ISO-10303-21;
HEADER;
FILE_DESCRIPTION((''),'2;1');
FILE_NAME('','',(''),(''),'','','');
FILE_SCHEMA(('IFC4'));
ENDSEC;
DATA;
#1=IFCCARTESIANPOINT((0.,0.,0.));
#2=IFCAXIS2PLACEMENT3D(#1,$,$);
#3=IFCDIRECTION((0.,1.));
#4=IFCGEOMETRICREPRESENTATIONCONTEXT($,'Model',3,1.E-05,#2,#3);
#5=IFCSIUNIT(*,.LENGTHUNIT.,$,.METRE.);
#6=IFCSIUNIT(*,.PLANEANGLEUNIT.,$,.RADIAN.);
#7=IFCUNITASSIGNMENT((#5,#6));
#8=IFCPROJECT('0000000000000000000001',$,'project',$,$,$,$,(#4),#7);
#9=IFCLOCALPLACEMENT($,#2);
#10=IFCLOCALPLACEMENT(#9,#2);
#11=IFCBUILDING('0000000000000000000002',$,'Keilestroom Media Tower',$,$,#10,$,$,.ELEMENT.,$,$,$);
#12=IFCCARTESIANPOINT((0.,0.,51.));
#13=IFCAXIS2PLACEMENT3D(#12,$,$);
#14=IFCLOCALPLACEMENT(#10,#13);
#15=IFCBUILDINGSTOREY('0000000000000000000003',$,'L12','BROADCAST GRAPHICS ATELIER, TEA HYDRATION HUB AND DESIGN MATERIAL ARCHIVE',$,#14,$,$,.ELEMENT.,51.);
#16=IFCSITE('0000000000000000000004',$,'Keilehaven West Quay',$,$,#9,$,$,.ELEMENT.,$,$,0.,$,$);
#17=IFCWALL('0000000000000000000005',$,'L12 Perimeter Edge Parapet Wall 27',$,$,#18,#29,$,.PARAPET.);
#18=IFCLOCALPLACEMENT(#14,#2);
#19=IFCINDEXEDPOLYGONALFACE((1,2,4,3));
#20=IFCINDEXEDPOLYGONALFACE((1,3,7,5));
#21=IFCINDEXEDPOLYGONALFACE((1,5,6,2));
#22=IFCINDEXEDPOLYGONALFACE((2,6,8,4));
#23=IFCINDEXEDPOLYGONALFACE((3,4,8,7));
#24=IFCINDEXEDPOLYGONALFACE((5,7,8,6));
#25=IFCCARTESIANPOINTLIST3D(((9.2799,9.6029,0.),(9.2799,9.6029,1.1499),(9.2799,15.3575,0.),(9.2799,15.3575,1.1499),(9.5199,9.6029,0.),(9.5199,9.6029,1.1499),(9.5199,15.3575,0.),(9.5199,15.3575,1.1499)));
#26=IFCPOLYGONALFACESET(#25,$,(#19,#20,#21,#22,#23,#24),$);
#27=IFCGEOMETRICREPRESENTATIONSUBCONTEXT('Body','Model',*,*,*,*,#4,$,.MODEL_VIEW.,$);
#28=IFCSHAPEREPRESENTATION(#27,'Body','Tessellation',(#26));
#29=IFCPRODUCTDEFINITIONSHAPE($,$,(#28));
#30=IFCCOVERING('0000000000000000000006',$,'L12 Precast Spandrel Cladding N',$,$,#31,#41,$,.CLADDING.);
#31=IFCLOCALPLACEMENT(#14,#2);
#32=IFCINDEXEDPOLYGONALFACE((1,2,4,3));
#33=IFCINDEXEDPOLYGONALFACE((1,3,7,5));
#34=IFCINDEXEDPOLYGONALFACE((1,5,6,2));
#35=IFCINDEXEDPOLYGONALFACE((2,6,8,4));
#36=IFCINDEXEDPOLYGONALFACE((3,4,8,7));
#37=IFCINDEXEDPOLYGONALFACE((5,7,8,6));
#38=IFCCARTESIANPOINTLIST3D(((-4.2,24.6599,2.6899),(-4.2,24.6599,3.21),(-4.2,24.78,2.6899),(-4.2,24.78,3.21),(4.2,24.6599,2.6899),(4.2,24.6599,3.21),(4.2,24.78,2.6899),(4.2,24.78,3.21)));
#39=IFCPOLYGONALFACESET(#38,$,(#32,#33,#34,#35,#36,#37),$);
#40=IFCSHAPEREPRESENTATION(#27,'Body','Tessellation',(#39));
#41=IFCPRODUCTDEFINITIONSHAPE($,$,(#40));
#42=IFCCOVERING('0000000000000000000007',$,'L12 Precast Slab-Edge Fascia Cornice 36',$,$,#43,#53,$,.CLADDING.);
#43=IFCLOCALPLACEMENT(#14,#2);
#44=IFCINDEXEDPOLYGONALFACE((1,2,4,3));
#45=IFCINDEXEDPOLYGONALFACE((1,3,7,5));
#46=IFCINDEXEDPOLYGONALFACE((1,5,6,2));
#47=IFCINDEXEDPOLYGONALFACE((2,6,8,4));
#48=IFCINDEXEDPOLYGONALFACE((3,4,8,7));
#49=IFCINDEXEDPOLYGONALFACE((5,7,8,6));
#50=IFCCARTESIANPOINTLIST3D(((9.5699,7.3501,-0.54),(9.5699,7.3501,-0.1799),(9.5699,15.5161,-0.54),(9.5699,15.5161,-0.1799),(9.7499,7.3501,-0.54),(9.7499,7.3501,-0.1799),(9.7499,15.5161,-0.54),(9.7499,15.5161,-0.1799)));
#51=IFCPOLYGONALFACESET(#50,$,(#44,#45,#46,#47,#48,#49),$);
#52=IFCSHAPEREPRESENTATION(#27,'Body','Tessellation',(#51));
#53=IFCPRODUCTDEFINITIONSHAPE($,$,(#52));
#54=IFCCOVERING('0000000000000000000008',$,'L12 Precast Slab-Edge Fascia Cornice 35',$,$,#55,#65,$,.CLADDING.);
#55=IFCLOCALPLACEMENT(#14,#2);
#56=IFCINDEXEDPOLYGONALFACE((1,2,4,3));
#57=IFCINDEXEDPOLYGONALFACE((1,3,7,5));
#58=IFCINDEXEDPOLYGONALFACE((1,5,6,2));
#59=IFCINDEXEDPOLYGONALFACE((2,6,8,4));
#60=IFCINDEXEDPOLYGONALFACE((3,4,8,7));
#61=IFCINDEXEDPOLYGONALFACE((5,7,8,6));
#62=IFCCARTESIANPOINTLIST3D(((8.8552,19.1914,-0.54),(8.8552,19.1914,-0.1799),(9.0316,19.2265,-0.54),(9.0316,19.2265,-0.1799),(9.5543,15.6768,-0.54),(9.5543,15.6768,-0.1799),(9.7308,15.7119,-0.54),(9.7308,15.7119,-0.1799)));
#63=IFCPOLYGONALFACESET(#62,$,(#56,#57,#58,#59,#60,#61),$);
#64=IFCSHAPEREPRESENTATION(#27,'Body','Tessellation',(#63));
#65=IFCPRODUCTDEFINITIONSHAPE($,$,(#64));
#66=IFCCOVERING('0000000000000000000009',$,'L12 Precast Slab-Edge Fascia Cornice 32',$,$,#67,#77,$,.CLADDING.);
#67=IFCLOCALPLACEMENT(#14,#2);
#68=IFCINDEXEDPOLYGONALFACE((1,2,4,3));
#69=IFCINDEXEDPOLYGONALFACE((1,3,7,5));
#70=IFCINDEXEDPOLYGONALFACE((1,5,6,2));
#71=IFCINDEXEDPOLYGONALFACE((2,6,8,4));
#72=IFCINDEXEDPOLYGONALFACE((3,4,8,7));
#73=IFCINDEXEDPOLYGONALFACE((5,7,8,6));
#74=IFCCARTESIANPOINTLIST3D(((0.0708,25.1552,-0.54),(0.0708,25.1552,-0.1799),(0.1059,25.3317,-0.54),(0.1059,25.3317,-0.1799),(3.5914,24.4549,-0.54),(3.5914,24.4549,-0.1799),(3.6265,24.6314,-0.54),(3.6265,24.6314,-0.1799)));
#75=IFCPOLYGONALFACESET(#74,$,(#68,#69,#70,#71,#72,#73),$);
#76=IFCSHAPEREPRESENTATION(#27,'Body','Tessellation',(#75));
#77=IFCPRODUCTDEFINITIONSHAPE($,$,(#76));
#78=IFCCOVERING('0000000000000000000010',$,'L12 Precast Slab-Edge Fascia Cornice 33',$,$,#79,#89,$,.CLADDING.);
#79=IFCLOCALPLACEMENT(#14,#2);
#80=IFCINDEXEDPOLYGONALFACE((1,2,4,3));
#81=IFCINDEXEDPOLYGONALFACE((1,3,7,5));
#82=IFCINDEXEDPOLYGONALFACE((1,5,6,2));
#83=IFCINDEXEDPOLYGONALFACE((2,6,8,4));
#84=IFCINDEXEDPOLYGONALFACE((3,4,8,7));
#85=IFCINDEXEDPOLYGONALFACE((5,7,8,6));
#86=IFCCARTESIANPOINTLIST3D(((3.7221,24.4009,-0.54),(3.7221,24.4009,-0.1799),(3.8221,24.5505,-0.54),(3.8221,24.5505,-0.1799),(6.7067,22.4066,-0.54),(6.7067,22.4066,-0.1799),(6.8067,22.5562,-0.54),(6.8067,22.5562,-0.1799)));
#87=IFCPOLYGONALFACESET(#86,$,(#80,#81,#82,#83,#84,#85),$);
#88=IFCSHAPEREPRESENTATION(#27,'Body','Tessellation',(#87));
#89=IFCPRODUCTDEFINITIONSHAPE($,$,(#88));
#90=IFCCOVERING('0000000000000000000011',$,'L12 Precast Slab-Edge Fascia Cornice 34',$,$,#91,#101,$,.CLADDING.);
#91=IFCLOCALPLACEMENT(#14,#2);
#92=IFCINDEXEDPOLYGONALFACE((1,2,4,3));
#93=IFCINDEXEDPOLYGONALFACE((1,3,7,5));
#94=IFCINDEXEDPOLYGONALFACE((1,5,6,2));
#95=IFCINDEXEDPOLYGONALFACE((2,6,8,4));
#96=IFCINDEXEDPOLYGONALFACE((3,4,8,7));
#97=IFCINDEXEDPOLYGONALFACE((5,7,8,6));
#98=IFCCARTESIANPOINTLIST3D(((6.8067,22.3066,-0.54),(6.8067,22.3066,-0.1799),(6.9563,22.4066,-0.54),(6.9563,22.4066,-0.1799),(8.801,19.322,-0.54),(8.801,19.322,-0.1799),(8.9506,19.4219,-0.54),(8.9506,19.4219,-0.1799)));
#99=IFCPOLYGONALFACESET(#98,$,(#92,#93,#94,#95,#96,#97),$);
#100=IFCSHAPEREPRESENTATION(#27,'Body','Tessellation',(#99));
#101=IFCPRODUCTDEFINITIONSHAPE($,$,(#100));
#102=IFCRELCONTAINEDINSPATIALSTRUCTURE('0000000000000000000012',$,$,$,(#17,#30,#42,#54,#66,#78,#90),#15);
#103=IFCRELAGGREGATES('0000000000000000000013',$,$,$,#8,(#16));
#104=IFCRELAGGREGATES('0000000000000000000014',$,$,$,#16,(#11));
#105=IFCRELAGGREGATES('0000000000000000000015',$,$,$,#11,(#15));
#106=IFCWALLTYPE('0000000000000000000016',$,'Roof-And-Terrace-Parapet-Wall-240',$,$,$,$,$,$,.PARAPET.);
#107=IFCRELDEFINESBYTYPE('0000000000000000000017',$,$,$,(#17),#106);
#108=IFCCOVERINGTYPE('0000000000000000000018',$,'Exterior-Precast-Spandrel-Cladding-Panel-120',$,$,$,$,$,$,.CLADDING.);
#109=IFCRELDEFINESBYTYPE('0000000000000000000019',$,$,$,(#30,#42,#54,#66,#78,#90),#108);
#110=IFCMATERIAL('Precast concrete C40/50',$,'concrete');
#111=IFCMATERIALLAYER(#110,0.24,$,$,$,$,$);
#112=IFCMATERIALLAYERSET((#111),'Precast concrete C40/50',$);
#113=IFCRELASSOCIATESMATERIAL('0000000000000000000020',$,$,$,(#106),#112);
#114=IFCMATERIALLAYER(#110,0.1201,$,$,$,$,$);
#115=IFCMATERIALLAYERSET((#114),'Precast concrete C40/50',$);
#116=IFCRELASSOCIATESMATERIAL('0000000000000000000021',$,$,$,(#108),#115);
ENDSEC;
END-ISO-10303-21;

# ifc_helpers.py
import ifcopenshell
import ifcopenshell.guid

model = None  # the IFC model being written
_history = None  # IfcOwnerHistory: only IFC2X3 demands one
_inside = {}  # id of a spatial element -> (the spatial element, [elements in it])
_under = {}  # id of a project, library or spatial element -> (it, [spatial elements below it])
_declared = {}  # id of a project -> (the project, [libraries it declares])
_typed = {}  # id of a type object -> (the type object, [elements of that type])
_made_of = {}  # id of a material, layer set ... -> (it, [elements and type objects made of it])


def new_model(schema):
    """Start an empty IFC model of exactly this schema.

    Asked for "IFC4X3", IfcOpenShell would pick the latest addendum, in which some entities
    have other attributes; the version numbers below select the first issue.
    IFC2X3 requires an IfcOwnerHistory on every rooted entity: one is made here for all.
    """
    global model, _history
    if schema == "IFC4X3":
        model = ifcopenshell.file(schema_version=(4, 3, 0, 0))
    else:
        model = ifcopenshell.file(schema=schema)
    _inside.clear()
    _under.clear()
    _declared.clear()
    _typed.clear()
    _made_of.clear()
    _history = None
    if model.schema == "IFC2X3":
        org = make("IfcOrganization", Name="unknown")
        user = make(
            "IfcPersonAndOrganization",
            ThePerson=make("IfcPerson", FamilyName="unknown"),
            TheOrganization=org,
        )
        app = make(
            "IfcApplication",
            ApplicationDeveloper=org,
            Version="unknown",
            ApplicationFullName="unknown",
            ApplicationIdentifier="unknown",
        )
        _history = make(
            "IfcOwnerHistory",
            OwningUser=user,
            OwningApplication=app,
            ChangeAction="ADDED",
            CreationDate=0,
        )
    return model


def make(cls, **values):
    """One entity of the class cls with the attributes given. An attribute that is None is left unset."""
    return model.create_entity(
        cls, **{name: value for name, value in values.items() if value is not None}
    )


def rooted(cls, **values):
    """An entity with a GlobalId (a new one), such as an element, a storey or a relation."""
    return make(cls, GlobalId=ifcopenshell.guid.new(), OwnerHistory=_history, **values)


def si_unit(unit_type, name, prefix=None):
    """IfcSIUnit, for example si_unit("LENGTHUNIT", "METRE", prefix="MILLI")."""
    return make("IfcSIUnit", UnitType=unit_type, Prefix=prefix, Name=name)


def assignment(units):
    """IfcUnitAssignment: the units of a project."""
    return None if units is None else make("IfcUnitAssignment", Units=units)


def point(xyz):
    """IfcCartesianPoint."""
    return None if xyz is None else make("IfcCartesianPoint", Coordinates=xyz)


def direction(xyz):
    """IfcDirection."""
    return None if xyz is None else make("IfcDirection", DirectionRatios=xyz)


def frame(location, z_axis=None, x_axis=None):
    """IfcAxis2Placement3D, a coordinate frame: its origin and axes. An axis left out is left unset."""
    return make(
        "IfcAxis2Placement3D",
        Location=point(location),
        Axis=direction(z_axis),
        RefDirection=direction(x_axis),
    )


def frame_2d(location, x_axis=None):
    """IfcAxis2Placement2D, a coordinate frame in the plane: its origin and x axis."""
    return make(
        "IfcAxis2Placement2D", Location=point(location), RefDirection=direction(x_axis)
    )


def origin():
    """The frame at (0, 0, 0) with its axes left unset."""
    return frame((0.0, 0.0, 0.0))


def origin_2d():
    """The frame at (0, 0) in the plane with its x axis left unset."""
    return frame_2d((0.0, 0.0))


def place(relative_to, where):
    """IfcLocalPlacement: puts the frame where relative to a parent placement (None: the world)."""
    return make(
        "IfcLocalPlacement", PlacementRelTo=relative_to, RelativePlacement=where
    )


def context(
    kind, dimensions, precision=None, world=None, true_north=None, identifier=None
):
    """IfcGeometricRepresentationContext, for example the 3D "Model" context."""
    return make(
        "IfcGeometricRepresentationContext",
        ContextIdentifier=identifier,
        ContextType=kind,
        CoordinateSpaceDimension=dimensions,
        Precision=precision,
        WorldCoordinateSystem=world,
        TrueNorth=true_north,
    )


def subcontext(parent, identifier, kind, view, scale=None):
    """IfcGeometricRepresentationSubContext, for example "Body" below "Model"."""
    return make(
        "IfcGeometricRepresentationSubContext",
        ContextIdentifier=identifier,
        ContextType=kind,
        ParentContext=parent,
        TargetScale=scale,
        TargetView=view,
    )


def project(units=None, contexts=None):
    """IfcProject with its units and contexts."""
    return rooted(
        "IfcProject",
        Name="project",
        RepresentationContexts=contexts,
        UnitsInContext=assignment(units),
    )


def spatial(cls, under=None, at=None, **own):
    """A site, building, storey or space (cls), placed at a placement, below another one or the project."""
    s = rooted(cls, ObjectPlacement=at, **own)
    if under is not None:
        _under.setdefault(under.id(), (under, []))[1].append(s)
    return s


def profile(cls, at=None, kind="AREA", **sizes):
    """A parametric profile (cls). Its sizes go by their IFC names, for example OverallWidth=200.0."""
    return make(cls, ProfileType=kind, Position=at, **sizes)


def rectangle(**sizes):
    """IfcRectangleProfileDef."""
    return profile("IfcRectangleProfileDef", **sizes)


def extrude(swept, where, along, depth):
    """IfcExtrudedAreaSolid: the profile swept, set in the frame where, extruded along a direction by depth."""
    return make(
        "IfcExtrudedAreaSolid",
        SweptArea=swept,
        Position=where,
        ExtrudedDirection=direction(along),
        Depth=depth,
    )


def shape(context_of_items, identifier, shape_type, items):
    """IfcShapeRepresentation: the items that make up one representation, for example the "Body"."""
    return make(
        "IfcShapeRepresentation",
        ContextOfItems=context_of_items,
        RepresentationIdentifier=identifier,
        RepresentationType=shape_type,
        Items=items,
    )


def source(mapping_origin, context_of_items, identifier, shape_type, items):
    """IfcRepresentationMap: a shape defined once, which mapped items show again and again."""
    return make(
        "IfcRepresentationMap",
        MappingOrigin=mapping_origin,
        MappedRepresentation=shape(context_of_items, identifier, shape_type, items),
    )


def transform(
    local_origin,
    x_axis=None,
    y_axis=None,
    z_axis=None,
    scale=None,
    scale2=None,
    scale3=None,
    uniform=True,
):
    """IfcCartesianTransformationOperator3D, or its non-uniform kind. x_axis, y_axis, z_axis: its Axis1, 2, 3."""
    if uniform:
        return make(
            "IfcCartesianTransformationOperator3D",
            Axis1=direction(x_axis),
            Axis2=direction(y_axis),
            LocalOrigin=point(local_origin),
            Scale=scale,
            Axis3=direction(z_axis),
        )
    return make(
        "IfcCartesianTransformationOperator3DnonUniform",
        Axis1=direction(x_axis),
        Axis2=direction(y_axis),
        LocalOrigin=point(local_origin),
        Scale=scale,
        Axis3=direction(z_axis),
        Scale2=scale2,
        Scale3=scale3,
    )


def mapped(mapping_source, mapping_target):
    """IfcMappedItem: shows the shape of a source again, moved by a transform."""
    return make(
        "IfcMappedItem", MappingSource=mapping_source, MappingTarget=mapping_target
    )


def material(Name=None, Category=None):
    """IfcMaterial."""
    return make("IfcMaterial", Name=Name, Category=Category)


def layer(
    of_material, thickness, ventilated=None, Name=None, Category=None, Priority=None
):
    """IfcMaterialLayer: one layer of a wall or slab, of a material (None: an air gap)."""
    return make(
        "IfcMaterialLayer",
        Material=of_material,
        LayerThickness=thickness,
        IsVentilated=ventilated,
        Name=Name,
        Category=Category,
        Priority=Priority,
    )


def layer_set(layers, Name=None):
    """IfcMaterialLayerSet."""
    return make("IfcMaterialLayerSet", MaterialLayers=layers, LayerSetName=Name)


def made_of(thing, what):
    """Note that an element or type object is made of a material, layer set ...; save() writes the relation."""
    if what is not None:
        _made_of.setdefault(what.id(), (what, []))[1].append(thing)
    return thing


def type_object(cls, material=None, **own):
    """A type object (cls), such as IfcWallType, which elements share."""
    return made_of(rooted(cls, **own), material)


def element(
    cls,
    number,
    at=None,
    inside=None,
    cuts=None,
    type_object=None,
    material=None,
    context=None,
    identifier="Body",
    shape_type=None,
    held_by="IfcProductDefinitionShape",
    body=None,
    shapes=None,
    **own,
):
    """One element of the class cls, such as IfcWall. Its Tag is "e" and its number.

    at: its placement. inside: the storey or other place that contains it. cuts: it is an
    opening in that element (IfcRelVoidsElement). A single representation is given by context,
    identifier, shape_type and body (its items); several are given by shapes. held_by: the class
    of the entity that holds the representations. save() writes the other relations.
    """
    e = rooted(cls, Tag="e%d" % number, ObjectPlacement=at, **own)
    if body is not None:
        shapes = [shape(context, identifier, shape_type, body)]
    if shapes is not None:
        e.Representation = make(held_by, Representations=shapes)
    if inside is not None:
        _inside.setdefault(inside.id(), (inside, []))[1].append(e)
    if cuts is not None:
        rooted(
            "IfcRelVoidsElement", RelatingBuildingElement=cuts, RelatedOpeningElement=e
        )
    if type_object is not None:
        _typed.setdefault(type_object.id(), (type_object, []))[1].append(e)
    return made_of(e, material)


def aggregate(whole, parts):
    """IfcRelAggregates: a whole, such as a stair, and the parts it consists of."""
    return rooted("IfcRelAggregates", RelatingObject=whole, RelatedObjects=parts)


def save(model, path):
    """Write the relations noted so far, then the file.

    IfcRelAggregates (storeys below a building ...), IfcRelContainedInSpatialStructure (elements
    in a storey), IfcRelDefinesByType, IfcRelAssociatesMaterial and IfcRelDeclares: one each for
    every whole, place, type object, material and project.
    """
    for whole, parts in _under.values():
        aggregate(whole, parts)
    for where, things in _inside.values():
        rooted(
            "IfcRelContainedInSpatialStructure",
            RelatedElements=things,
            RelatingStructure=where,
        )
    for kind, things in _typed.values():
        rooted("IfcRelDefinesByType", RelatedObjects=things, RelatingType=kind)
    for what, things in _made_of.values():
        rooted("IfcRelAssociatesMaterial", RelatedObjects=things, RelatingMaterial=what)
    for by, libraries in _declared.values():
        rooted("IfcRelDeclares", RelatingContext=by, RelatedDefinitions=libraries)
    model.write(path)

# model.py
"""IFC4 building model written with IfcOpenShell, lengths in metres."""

from ifc_helpers import new_model, si_unit, direction, frame, frame_2d, origin, origin_2d, place, context, subcontext, project, spatial, rectangle, extrude, source, transform, mapped, material, layer, layer_set, type_object, element, save


model = new_model("IFC4")

# Units and contexts
model_context = context("Model", 3, precision=1e-05, world=origin(), true_north=direction((0.0, 1.0)))
body_context = subcontext(model_context, "Body", "Model", "MODEL_VIEW")
ifc_project = project(units=[si_unit("LENGTHUNIT", "METRE"), si_unit("PLANEANGLEUNIT", "RADIAN")], contexts=[model_context])

# Site, building, storey
site_placement = place(None, origin())
site = spatial("IfcSite", under=ifc_project, at=site_placement, Name="Keilehaven West Quay", CompositionType="ELEMENT", RefElevation=0.0)
building_placement = place(site_placement, origin())
building = spatial("IfcBuilding", under=site, at=building_placement, Name="Keilestroom Media Tower", CompositionType="ELEMENT")
storey_placement = place(building_placement, frame((0.0, 0.0, 51.0)))
storey = spatial("IfcBuildingStorey", under=building, at=storey_placement, Name="L12", Description="BROADCAST GRAPHICS ATELIER, TEA HYDRATION HUB AND DESIGN MATERIAL ARCHIVE", CompositionType="ELEMENT", Elevation=51.0)

# Wall
ifc_material_1 = material(Name="Precast concrete C40/50", Category="concrete")
ifc_layer_1 = layer(ifc_material_1, 0.24)
ifc_layer_set_1 = layer_set([ifc_layer_1], Name="Precast concrete C40/50")
wall_type_1 = type_object("IfcWallType", Name="Roof-And-Terrace-Parapet-Wall-240", PredefinedType="PARAPET", material=ifc_layer_set_1)
wall_1_placement = place(storey_placement, frame((9.3999, 15.3577, 0.0), z_axis=(0.0, 0.0, 1.0), x_axis=(0.0, -1.0, 0.0)))
element("IfcWall", 1, at=wall_1_placement, inside=storey, type_object=wall_type_1, Name="L12 Perimeter Edge Parapet Wall 27", PredefinedType="PARAPET", context=body_context, shape_type="SweptSolid", body=[
    extrude(rectangle(XDim=5.7546, YDim=0.24, at=frame_2d((2.8774, 0.0))), origin(), (0.0, 0.0, 1.0), 1.1499),
])

# Coverings
ifc_layer_2 = layer(ifc_material_1, 0.1201)
ifc_layer_set_2 = layer_set([ifc_layer_2], Name="Precast concrete C40/50")
covering_type = type_object("IfcCoveringType", Name="Exterior-Precast-Spandrel-Cladding-Panel-120", PredefinedType="CLADDING", material=ifc_layer_set_2)
shared_shape_1 = source(origin(), body_context, "Body", "SweptSolid", [
    extrude(rectangle(XDim=8.3999, YDim=0.1201, at=origin_2d()), origin(), (0.0, 0.0, 1.0), 0.52),
])
covering_1_placement = place(storey_placement, frame((0.0, 24.72, 2.6899), z_axis=(0.0, 0.0, 1.0), x_axis=(1.0, 0.0, 0.0)))
element("IfcCovering", 2, at=covering_1_placement, inside=storey, type_object=covering_type, Name="L12 Precast Spandrel Cladding N", PredefinedType="CLADDING", context=body_context, shape_type="MappedRepresentation", body=[
    mapped(shared_shape_1, transform((0.0, 0.0, 0.0), x_axis=(1.0, 0.0, 0.0), y_axis=(0.0, 1.0, 0.0), z_axis=(0.0, 0.0, 1.0), scale=1.0)),
])
shared_shape_2 = source(origin(), body_context, "Body", "SweptSolid", [
    extrude(rectangle(XDim=8.166, YDim=0.1799, at=origin_2d()), origin(), (0.0, 0.0, 1.0), 0.3601),
])
covering_2_placement = place(storey_placement, frame((9.6599, 11.4331, -0.54), z_axis=(0.0, 0.0, 1.0), x_axis=(0.0, -1.0, 0.0)))
element("IfcCovering", 3, at=covering_2_placement, inside=storey, type_object=covering_type, Name="L12 Precast Slab-Edge Fascia Cornice 36", PredefinedType="CLADDING", context=body_context, shape_type="MappedRepresentation", body=[
    mapped(shared_shape_2, transform((0.0, 0.0, 0.0), x_axis=(1.0, 0.0, 0.0), y_axis=(0.0, 1.0, 0.0), z_axis=(0.0, 0.0, 1.0), scale=1.0)),
])
shared_shape_3 = source(origin(), body_context, "Body", "SweptSolid", [
    extrude(rectangle(XDim=3.5835, YDim=0.1799, at=origin_2d()), origin(), (0.0, 0.0, 1.0), 0.3601),
])
covering_3_placement = place(storey_placement, frame((9.293, 17.4517, -0.54), z_axis=(0.0, 0.0, 1.0), x_axis=(0.195099, -0.980784, 0.0)))
element("IfcCovering", 4, at=covering_3_placement, inside=storey, type_object=covering_type, Name="L12 Precast Slab-Edge Fascia Cornice 35", PredefinedType="CLADDING", context=body_context, shape_type="MappedRepresentation", body=[
    mapped(shared_shape_3, transform((0.0, 0.0, 0.0), x_axis=(1.0, 0.0, 0.0), y_axis=(0.0, 1.0, 0.0), z_axis=(0.0, 0.0, 1.0), scale=1.0)),
])
shared_shape_4 = source(origin(), body_context, "Body", "SweptSolid", [
    extrude(rectangle(XDim=3.5896, YDim=0.1799, at=origin_2d()), origin(), (0.0, 0.0, 1.0), 0.3601),
])
for number, where, z_axis, x_axis, name in (
    (5, (1.8486, 24.8933, -0.54), (0.0, 0.0, 1.0), (0.980784, -0.195099, 0.0), "L12 Precast Slab-Edge Fascia Cornice 32"),
    (6, (5.2644, 23.4785, -0.54), (0.0, 0.0, 1.0), (0.831467, -0.555575, 0.0), "L12 Precast Slab-Edge Fascia Cornice 33"),
    (7, (7.8787, 20.8643, -0.54), (0.0, 0.0, 1.0), (0.555575, -0.831467, 0.0), "L12 Precast Slab-Edge Fascia Cornice 34"),
):
    element("IfcCovering", number, at=place(storey_placement, frame(where, z_axis=z_axis, x_axis=x_axis)), inside=storey, type_object=covering_type, Name=name, PredefinedType="CLADDING", context=body_context, shape_type="MappedRepresentation", body=[
        mapped(shared_shape_4, transform((0.0, 0.0, 0.0), x_axis=(1.0, 0.0, 0.0), y_axis=(0.0, 1.0, 0.0), z_axis=(0.0, 0.0, 1.0), scale=1.0)),
    ])

save(model, "model.ifc")
